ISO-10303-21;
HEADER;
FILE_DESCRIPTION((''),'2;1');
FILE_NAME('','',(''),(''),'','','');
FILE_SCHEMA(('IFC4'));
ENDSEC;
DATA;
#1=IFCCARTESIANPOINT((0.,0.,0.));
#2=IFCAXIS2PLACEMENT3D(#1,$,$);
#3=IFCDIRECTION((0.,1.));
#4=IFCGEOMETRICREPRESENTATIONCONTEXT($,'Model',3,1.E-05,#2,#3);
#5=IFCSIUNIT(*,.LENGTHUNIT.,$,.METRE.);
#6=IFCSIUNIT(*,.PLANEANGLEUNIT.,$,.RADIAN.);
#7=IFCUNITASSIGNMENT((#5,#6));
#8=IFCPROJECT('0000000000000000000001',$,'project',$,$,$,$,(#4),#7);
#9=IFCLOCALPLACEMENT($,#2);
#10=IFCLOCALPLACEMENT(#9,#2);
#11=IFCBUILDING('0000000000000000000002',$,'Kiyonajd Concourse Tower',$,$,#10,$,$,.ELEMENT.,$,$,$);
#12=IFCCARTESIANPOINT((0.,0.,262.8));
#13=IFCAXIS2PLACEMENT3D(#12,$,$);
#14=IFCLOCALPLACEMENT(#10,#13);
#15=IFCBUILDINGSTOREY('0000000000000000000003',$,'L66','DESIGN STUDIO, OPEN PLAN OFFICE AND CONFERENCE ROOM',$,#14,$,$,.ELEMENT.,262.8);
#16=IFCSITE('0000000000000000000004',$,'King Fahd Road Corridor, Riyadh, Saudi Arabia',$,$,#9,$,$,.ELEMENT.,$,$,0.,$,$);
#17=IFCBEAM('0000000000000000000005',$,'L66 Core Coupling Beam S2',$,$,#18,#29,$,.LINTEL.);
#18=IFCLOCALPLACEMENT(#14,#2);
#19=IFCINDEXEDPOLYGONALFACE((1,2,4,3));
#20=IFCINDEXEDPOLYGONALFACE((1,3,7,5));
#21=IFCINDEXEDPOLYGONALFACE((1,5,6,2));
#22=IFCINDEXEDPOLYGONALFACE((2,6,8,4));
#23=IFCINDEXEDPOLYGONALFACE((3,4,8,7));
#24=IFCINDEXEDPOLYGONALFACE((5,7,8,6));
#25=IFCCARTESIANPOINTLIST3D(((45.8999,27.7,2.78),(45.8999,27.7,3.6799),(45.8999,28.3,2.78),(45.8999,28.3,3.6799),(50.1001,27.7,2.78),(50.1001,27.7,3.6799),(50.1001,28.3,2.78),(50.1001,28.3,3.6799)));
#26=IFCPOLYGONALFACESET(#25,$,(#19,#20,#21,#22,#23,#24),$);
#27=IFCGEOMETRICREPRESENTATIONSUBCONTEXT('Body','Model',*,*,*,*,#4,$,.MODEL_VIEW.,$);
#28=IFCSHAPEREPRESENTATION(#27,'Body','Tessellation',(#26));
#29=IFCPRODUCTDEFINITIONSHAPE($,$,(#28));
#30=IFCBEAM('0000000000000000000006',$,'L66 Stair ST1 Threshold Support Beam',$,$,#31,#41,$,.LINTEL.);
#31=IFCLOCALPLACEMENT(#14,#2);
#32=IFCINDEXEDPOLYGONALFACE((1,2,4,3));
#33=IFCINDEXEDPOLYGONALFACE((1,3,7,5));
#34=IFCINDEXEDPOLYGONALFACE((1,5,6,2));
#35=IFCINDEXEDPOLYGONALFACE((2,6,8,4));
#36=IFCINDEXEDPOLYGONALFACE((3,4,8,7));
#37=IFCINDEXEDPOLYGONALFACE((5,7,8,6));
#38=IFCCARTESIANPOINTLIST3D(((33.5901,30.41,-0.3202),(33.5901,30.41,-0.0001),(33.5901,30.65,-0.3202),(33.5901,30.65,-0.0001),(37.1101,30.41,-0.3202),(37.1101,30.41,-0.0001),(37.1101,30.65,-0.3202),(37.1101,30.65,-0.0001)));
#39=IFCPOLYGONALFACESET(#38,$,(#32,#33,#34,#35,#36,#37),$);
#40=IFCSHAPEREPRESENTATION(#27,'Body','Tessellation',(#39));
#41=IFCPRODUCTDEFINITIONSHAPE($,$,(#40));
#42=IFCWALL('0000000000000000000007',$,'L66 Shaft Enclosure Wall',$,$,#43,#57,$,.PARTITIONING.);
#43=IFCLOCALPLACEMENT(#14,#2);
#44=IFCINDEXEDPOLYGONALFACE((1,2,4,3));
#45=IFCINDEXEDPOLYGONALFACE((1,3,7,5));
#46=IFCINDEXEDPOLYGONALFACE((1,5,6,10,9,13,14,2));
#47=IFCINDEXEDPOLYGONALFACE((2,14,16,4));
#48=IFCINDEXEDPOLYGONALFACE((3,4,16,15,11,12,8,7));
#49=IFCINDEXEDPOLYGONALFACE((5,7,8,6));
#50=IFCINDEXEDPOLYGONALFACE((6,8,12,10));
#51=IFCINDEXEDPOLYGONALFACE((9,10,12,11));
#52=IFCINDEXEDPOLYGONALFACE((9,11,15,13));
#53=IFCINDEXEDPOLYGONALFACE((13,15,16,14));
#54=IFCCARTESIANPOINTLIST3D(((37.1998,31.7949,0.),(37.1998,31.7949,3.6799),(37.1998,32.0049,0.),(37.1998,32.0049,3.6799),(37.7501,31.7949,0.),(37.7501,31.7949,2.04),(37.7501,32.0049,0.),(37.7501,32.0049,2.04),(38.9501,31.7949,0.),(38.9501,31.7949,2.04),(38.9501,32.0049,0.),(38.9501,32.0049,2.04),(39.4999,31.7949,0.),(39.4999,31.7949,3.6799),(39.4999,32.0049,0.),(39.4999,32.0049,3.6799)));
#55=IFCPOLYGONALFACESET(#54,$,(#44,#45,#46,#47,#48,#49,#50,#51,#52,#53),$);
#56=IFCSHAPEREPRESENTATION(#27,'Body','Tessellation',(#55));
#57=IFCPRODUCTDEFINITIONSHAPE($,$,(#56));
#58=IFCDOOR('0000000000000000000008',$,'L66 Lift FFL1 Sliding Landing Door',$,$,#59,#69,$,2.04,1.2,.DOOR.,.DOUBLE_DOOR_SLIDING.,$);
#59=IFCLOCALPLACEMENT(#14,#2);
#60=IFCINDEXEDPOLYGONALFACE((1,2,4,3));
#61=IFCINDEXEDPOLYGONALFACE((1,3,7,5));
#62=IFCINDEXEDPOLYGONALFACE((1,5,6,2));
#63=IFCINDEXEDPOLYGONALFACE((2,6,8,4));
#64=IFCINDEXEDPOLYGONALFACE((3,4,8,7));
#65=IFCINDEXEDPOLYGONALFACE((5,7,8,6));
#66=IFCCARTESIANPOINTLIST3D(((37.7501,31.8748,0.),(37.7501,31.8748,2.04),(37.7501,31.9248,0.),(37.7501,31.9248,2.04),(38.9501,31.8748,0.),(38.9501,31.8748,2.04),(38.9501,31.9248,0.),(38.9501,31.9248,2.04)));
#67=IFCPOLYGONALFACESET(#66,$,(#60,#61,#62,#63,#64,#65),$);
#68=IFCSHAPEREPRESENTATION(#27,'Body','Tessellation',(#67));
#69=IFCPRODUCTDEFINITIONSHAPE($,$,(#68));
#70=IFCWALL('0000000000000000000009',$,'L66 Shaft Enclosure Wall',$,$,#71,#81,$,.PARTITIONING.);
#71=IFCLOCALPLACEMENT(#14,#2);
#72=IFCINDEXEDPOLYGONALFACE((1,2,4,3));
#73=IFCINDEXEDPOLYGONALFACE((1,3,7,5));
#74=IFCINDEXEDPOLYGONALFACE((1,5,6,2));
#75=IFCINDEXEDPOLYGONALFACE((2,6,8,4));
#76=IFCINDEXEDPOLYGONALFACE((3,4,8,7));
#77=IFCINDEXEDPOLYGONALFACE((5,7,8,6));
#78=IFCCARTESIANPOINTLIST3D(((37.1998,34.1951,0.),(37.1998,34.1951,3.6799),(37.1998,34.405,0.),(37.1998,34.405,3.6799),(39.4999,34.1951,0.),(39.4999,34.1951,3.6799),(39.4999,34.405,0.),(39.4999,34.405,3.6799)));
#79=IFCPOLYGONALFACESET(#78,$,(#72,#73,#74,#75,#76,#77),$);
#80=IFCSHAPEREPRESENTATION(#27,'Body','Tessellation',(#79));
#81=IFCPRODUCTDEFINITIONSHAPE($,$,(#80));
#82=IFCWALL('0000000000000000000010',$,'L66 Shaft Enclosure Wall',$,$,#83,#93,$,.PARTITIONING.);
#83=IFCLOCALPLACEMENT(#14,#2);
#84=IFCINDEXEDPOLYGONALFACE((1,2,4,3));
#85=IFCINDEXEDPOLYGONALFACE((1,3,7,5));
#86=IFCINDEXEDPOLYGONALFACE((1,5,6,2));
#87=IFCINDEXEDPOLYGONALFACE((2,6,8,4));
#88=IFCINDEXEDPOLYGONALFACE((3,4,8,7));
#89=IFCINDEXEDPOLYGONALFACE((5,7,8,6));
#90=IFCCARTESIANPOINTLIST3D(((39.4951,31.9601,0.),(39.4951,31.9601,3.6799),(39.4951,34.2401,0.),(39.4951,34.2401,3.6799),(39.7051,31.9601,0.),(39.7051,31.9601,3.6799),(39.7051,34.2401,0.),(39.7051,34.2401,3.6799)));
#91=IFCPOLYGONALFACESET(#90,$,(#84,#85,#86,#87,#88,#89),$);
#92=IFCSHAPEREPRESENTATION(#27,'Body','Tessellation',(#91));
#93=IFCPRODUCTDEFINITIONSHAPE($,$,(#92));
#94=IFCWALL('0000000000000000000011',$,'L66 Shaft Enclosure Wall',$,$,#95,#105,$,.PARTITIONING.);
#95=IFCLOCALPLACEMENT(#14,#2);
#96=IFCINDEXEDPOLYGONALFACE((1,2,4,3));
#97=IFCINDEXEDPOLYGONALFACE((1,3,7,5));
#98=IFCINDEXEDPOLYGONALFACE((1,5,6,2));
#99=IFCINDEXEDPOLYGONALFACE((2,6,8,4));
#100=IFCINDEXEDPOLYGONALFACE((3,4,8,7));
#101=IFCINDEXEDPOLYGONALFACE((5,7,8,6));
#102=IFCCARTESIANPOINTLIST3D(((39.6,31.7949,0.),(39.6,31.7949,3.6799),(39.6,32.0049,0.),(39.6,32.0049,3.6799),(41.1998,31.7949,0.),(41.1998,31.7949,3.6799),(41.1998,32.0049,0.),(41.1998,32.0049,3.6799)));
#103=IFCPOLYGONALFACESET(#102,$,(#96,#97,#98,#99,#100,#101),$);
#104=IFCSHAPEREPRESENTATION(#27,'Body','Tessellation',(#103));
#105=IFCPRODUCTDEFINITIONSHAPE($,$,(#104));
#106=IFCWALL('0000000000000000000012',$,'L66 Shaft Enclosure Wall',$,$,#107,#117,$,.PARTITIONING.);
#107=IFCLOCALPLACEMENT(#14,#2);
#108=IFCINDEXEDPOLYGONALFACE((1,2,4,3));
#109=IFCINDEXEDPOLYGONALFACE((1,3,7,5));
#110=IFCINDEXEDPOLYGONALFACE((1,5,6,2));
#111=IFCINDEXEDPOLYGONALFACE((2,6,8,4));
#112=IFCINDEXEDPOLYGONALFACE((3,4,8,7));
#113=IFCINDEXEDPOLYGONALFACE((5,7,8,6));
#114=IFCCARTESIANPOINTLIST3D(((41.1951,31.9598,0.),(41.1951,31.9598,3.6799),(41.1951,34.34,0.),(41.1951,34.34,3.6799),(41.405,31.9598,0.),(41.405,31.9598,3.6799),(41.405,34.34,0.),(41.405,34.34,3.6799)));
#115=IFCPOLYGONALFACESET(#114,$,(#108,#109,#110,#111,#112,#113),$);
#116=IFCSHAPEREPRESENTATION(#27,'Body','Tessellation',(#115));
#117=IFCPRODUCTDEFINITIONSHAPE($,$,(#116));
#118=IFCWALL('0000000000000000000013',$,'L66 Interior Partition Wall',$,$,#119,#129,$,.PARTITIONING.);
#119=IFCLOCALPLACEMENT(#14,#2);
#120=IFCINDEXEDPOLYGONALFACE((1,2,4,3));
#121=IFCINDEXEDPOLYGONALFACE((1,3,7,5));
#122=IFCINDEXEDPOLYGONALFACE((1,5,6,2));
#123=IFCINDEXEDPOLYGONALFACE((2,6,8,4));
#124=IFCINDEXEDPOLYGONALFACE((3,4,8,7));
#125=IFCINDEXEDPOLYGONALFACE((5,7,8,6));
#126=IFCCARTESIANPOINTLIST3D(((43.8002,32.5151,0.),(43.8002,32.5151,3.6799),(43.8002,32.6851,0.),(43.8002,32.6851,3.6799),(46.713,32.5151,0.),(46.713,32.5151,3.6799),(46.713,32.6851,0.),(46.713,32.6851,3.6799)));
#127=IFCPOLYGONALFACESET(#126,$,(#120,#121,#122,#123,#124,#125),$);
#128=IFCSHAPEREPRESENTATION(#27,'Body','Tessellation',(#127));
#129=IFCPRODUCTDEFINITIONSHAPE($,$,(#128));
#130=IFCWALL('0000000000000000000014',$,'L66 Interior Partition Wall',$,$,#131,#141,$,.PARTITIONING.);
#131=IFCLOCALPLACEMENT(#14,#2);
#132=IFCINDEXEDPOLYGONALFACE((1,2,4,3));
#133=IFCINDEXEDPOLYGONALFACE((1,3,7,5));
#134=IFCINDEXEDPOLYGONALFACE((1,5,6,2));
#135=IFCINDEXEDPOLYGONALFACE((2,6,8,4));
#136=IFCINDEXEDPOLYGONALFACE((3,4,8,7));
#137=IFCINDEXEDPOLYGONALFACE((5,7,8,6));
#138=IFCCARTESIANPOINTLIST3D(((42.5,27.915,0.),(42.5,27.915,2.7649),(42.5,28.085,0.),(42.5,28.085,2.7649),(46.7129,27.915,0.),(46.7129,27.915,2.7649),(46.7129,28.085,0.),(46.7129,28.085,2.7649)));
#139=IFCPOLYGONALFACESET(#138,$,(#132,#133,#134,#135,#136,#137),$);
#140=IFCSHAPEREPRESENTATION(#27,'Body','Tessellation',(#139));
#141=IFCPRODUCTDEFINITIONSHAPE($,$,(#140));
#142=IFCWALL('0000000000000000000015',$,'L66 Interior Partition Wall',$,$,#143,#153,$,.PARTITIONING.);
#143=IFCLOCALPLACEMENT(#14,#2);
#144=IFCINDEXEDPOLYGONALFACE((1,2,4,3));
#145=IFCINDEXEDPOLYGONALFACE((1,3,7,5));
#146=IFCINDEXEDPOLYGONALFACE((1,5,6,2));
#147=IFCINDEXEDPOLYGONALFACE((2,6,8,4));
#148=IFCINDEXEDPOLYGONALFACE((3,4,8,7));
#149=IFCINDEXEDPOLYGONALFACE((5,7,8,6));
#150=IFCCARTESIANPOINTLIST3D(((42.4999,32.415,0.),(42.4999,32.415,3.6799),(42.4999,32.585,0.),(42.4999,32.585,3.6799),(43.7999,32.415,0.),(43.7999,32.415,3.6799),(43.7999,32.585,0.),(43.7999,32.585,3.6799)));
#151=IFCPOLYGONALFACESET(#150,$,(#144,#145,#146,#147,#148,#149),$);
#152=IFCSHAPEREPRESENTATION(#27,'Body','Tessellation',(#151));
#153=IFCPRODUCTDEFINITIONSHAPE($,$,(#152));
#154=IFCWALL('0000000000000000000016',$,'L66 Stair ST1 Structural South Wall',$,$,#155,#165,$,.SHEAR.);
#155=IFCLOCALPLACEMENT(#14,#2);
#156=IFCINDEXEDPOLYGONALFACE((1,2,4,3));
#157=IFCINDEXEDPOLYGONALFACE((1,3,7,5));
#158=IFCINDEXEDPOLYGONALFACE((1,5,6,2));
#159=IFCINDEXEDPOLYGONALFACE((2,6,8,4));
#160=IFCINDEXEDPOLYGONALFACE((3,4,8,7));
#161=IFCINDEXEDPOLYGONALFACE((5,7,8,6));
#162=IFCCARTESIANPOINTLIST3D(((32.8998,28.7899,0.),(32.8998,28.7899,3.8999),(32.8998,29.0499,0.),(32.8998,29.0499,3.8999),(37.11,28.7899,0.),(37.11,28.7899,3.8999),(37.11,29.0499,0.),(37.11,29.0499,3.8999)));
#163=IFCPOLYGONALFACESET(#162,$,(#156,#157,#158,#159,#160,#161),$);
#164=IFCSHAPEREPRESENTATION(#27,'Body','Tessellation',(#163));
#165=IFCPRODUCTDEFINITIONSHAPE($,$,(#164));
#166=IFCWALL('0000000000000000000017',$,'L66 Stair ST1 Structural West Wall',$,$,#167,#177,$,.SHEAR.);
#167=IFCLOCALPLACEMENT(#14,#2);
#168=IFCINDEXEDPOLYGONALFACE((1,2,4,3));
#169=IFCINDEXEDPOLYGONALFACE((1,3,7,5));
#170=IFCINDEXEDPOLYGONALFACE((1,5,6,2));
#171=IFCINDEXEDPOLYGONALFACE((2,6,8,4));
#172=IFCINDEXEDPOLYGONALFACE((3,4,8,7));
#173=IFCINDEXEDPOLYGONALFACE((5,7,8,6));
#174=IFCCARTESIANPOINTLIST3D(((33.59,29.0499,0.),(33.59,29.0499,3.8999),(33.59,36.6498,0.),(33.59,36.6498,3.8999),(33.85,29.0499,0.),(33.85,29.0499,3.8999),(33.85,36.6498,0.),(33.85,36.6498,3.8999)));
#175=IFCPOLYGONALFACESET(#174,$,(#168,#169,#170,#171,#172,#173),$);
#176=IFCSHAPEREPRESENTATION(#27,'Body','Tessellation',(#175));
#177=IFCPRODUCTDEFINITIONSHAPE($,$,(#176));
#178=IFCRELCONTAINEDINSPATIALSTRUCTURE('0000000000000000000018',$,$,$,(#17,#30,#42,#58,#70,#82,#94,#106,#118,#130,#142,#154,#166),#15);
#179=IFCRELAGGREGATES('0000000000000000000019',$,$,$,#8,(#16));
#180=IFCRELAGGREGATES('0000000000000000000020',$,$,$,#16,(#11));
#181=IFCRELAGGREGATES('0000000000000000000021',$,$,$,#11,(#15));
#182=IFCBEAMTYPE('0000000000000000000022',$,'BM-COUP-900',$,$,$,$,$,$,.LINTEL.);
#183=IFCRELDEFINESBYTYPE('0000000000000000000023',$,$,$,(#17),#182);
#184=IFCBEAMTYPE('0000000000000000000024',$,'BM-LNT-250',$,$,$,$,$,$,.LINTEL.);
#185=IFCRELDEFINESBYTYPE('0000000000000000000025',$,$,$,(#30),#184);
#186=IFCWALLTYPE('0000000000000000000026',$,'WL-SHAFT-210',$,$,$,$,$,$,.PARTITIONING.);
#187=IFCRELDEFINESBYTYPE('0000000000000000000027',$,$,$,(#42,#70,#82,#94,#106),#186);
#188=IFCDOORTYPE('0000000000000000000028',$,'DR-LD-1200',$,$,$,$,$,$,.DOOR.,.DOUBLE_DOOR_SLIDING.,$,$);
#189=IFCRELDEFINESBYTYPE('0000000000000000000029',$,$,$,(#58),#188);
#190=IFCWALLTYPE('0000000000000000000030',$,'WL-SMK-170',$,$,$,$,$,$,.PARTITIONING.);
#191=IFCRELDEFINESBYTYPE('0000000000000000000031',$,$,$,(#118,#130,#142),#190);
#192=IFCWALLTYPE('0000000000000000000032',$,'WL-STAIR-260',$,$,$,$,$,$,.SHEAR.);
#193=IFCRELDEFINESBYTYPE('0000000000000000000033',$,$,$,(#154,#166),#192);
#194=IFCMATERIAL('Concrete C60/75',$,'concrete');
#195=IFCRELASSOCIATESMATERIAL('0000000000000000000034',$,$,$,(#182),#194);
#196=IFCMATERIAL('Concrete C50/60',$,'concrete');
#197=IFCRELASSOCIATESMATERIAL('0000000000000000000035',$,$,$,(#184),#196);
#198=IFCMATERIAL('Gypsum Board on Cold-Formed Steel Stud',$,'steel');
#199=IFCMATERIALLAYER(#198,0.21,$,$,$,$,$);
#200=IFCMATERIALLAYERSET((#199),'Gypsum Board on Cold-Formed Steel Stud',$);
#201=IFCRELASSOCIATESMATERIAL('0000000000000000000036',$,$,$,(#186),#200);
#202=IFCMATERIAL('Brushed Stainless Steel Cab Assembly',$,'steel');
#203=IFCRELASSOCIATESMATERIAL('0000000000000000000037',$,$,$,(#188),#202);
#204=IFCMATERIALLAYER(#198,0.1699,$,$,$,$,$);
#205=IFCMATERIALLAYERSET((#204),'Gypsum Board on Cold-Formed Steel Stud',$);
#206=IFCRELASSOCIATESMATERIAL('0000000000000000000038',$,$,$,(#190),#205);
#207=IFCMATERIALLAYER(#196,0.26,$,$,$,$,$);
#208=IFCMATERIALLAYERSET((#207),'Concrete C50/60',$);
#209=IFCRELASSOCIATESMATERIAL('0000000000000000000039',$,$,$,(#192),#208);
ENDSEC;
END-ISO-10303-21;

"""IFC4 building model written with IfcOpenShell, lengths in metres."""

from ifc_helpers import new_model, si_unit, direction, frame, frame_2d, origin, origin_2d, place, context, subcontext, project, spatial, rectangle, extrude, material, layer, layer_set, material_profile, profile_set, type_object, element, fill, save


model = new_model("IFC4")

# Units and contexts
model_context = context("Model", 3, precision=1e-05, world=origin(), true_north=direction((0.0, 1.0)))
body_context = subcontext(model_context, "Body", "Model", "MODEL_VIEW")
ifc_project = project(units=[si_unit("LENGTHUNIT", "METRE"), si_unit("PLANEANGLEUNIT", "RADIAN")], contexts=[model_context])

# Site, building, storey
site_placement = place(None, origin())
site = spatial("IfcSite", under=ifc_project, at=site_placement, Name="King Fahd Road Corridor, Riyadh, Saudi Arabia", CompositionType="ELEMENT", RefElevation=0.0)
building_placement = place(site_placement, origin())
building = spatial("IfcBuilding", under=site, at=building_placement, Name="Kiyonajd Concourse Tower", CompositionType="ELEMENT")
storey_placement = place(building_placement, frame((0.0, 0.0, 262.8)))
storey = spatial("IfcBuildingStorey", under=building, at=storey_placement, Name="L66", Description="DESIGN STUDIO, OPEN PLAN OFFICE AND CONFERENCE ROOM", CompositionType="ELEMENT", Elevation=262.8)

# Beams
ifc_material_1 = material(Name="Concrete C60/75", Category="concrete")
ifc_material_profile_1 = material_profile(ifc_material_1, rectangle(XDim=0.6001, YDim=0.8999, at=origin_2d()), Name="RCBM-600x900")
ifc_profile_set_1 = profile_set([ifc_material_profile_1], Name="Concrete C60/75")
beam_type_1 = type_object("IfcBeamType", Name="BM-COUP-900", PredefinedType="LINTEL", material=ifc_profile_set_1)
beam_1_placement = place(storey_placement, frame((45.8999, 28.0, 3.23), z_axis=(1.0, 0.0, 0.0), x_axis=(0.0, 1.0, 0.0)))
element("IfcBeam", 1, at=beam_1_placement, inside=storey, type_object=beam_type_1, Name="L66 Core Coupling Beam S2", PredefinedType="LINTEL", context=body_context, shape_type="SweptSolid", body=[
    extrude(rectangle(XDim=0.6001, YDim=0.8999, at=origin_2d()), origin(), (0.0, 0.0, 1.0), 4.2002),
])
ifc_material_2 = material(Name="Concrete C50/60", Category="concrete")
ifc_material_profile_2 = material_profile(ifc_material_2, rectangle(XDim=0.24, YDim=0.3201, at=origin_2d()), Name="RCBM-240x320")
ifc_profile_set_2 = profile_set([ifc_material_profile_2], Name="Concrete C50/60")
beam_type_2 = type_object("IfcBeamType", Name="BM-LNT-250", PredefinedType="LINTEL", material=ifc_profile_set_2)
beam_2_placement = place(storey_placement, frame((33.5901, 30.53, -0.1602), z_axis=(1.0, 0.0, 0.0), x_axis=(0.0, 1.0, 0.0)))
element("IfcBeam", 2, at=beam_2_placement, inside=storey, type_object=beam_type_2, Name="L66 Stair ST1 Threshold Support Beam", PredefinedType="LINTEL", context=body_context, shape_type="SweptSolid", body=[
    extrude(rectangle(XDim=0.24, YDim=0.3201, at=origin_2d()), origin(), (0.0, 0.0, 1.0), 3.52),
])

# Wall, opening, door
ifc_material_3 = material(Name="Gypsum Board on Cold-Formed Steel Stud", Category="steel")
ifc_layer_1 = layer(ifc_material_3, 0.21)
ifc_layer_set_1 = layer_set([ifc_layer_1], Name="Gypsum Board on Cold-Formed Steel Stud")
wall_type_1 = type_object("IfcWallType", Name="WL-SHAFT-210", PredefinedType="PARTITIONING", material=ifc_layer_set_1)
wall_1_placement = place(storey_placement, frame((37.2, 31.8999, 0.0), z_axis=(0.0, 0.0, 1.0), x_axis=(1.0, 0.0, 0.0)))
wall_1 = element("IfcWall", 3, at=wall_1_placement, inside=storey, type_object=wall_type_1, Name="L66 Shaft Enclosure Wall", PredefinedType="PARTITIONING", context=body_context, shape_type="SweptSolid", body=[
    extrude(rectangle(XDim=2.3, YDim=0.21, at=frame_2d((1.1499, 0.0))), origin(), (0.0, 0.0, 1.0), 3.6799),
])
opening_1_placement = place(wall_1_placement, frame((0.55, 0.0, 0.0)))
opening_1 = element("IfcOpeningElement", 4, at=opening_1_placement, cuts=wall_1, PredefinedType="OPENING", context=body_context, shape_type="SweptSolid", body=[
    extrude(rectangle(XDim=1.2, YDim=2.04, at=frame_2d((0.6001, 1.02))), frame((0.0, 0.115, 0.0), z_axis=(0.0, -1.0, 0.0), x_axis=(1.0, 0.0, 0.0)), (0.0, 0.0, 1.0), 0.23),
])
ifc_material_4 = material(Name="Brushed Stainless Steel Cab Assembly", Category="steel")
door_type_1 = type_object("IfcDoorType", Name="DR-LD-1200", OperationType="DOUBLE_DOOR_SLIDING", PredefinedType="DOOR", material=ifc_material_4)
door_1_placement = place(opening_1_placement, origin())
door_1 = element("IfcDoor", 5, at=door_1_placement, inside=storey, type_object=door_type_1, Name="L66 Lift FFL1 Sliding Landing Door", OperationType="DOUBLE_DOOR_SLIDING", OverallHeight=2.04, OverallWidth=1.2, PredefinedType="DOOR", context=body_context, shape_type="SweptSolid", body=[
    extrude(rectangle(XDim=1.2, YDim=2.04, at=frame_2d((0.6001, 1.02))), frame((0.0, 0.0249, 0.0), z_axis=(0.0, -1.0, 0.0), x_axis=(1.0, 0.0, 0.0)), (0.0, 0.0, 1.0), 0.05),
])
fill(opening_1, door_1)

# Walls
wall_2_placement = place(storey_placement, frame((37.2, 34.3, 0.0), z_axis=(0.0, 0.0, 1.0), x_axis=(1.0, 0.0, 0.0)))
element("IfcWall", 6, at=wall_2_placement, inside=storey, type_object=wall_type_1, Name="L66 Shaft Enclosure Wall", PredefinedType="PARTITIONING", context=body_context, shape_type="SweptSolid", body=[
    extrude(rectangle(XDim=2.3, YDim=0.21, at=frame_2d((1.1499, 0.0))), origin(), (0.0, 0.0, 1.0), 3.6799),
])
wall_3_placement = place(storey_placement, frame((39.6001, 31.96, 0.0), z_axis=(0.0, 0.0, 1.0), x_axis=(0.0, 1.0, 0.0)))
element("IfcWall", 7, at=wall_3_placement, inside=storey, type_object=wall_type_1, Name="L66 Shaft Enclosure Wall", PredefinedType="PARTITIONING", context=body_context, shape_type="SweptSolid", body=[
    extrude(rectangle(XDim=2.28, YDim=0.21, at=frame_2d((1.1401, 0.0))), origin(), (0.0, 0.0, 1.0), 3.6799),
])
wall_4_placement = place(storey_placement, frame((39.6001, 31.8999, 0.0), z_axis=(0.0, 0.0, 1.0), x_axis=(1.0, 0.0, 0.0)))
element("IfcWall", 8, at=wall_4_placement, inside=storey, type_object=wall_type_1, Name="L66 Shaft Enclosure Wall", PredefinedType="PARTITIONING", context=body_context, shape_type="SweptSolid", body=[
    extrude(rectangle(XDim=1.5999, YDim=0.21, at=frame_2d((0.7998, 0.0))), origin(), (0.0, 0.0, 1.0), 3.6799),
])
wall_5_placement = place(storey_placement, frame((41.3, 31.96, 0.0), z_axis=(0.0, 0.0, 1.0), x_axis=(0.0, 1.0, 0.0)))
element("IfcWall", 9, at=wall_5_placement, inside=storey, type_object=wall_type_1, Name="L66 Shaft Enclosure Wall", PredefinedType="PARTITIONING", context=body_context, shape_type="SweptSolid", body=[
    extrude(rectangle(XDim=2.3801, YDim=0.21, at=frame_2d((1.1899, 0.0))), origin(), (0.0, 0.0, 1.0), 3.6799),
])
ifc_layer_2 = layer(ifc_material_3, 0.1699)
ifc_layer_set_2 = layer_set([ifc_layer_2], Name="Gypsum Board on Cold-Formed Steel Stud")
wall_type_2 = type_object("IfcWallType", Name="WL-SMK-170", PredefinedType="PARTITIONING", material=ifc_layer_set_2)
wall_6_placement = place(storey_placement, frame((43.8, 32.6001, 0.0), z_axis=(0.0, 0.0, 1.0), x_axis=(1.0, 0.0, 0.0)))
element("IfcWall", 10, at=wall_6_placement, inside=storey, type_object=wall_type_2, Name="L66 Interior Partition Wall", PredefinedType="PARTITIONING", context=body_context, shape_type="SweptSolid", body=[
    extrude(rectangle(XDim=2.9128, YDim=0.1699, at=frame_2d((1.4565, 0.0))), origin(), (0.0, 0.0, 1.0), 3.6799),
])
wall_7_placement = place(storey_placement, frame((42.5, 28.0, 0.0), z_axis=(0.0, 0.0, 1.0), x_axis=(1.0, 0.0, 0.0)))
element("IfcWall", 11, at=wall_7_placement, inside=storey, type_object=wall_type_2, Name="L66 Interior Partition Wall", PredefinedType="PARTITIONING", context=body_context, shape_type="SweptSolid", body=[
    extrude(rectangle(XDim=4.2129, YDim=0.1699, at=frame_2d((2.1064, 0.0))), origin(), (0.0, 0.0, 1.0), 2.7649),
])
wall_8_placement = place(storey_placement, frame((42.5, 32.5, 0.0), z_axis=(0.0, 0.0, 1.0), x_axis=(1.0, 0.0, 0.0)))
element("IfcWall", 12, at=wall_8_placement, inside=storey, type_object=wall_type_2, Name="L66 Interior Partition Wall", PredefinedType="PARTITIONING", context=body_context, shape_type="SweptSolid", body=[
    extrude(rectangle(XDim=1.3, YDim=0.1699, at=frame_2d((0.6499, 0.0))), origin(), (0.0, 0.0, 1.0), 3.6799),
])
ifc_layer_3 = layer(ifc_material_2, 0.26)
ifc_layer_set_3 = layer_set([ifc_layer_3], Name="Concrete C50/60")
wall_type_3 = type_object("IfcWallType", Name="WL-STAIR-260", PredefinedType="SHEAR", material=ifc_layer_set_3)
wall_9_placement = place(storey_placement, frame((32.8999, 28.9199, 0.0), z_axis=(0.0, 0.0, 1.0), x_axis=(1.0, 0.0, 0.0)))
element("IfcWall", 13, at=wall_9_placement, inside=storey, type_object=wall_type_3, Name="L66 Stair ST1 Structural South Wall", PredefinedType="SHEAR", context=body_context, shape_type="SweptSolid", body=[
    extrude(rectangle(XDim=4.2102, YDim=0.26, at=frame_2d((2.105, 0.0))), origin(), (0.0, 0.0, 1.0), 3.8999),
])
wall_10_placement = place(storey_placement, frame((33.72, 29.05, 0.0), z_axis=(0.0, 0.0, 1.0), x_axis=(0.0, 1.0, 0.0)))
element("IfcWall", 14, at=wall_10_placement, inside=storey, type_object=wall_type_3, Name="L66 Stair ST1 Structural West Wall", PredefinedType="SHEAR", context=body_context, shape_type="SweptSolid", body=[
    extrude(rectangle(XDim=7.5999, YDim=0.26, at=frame_2d((3.7998, 0.0))), origin(), (0.0, 0.0, 1.0), 3.8999),
])

save(model, "model.ifc")
